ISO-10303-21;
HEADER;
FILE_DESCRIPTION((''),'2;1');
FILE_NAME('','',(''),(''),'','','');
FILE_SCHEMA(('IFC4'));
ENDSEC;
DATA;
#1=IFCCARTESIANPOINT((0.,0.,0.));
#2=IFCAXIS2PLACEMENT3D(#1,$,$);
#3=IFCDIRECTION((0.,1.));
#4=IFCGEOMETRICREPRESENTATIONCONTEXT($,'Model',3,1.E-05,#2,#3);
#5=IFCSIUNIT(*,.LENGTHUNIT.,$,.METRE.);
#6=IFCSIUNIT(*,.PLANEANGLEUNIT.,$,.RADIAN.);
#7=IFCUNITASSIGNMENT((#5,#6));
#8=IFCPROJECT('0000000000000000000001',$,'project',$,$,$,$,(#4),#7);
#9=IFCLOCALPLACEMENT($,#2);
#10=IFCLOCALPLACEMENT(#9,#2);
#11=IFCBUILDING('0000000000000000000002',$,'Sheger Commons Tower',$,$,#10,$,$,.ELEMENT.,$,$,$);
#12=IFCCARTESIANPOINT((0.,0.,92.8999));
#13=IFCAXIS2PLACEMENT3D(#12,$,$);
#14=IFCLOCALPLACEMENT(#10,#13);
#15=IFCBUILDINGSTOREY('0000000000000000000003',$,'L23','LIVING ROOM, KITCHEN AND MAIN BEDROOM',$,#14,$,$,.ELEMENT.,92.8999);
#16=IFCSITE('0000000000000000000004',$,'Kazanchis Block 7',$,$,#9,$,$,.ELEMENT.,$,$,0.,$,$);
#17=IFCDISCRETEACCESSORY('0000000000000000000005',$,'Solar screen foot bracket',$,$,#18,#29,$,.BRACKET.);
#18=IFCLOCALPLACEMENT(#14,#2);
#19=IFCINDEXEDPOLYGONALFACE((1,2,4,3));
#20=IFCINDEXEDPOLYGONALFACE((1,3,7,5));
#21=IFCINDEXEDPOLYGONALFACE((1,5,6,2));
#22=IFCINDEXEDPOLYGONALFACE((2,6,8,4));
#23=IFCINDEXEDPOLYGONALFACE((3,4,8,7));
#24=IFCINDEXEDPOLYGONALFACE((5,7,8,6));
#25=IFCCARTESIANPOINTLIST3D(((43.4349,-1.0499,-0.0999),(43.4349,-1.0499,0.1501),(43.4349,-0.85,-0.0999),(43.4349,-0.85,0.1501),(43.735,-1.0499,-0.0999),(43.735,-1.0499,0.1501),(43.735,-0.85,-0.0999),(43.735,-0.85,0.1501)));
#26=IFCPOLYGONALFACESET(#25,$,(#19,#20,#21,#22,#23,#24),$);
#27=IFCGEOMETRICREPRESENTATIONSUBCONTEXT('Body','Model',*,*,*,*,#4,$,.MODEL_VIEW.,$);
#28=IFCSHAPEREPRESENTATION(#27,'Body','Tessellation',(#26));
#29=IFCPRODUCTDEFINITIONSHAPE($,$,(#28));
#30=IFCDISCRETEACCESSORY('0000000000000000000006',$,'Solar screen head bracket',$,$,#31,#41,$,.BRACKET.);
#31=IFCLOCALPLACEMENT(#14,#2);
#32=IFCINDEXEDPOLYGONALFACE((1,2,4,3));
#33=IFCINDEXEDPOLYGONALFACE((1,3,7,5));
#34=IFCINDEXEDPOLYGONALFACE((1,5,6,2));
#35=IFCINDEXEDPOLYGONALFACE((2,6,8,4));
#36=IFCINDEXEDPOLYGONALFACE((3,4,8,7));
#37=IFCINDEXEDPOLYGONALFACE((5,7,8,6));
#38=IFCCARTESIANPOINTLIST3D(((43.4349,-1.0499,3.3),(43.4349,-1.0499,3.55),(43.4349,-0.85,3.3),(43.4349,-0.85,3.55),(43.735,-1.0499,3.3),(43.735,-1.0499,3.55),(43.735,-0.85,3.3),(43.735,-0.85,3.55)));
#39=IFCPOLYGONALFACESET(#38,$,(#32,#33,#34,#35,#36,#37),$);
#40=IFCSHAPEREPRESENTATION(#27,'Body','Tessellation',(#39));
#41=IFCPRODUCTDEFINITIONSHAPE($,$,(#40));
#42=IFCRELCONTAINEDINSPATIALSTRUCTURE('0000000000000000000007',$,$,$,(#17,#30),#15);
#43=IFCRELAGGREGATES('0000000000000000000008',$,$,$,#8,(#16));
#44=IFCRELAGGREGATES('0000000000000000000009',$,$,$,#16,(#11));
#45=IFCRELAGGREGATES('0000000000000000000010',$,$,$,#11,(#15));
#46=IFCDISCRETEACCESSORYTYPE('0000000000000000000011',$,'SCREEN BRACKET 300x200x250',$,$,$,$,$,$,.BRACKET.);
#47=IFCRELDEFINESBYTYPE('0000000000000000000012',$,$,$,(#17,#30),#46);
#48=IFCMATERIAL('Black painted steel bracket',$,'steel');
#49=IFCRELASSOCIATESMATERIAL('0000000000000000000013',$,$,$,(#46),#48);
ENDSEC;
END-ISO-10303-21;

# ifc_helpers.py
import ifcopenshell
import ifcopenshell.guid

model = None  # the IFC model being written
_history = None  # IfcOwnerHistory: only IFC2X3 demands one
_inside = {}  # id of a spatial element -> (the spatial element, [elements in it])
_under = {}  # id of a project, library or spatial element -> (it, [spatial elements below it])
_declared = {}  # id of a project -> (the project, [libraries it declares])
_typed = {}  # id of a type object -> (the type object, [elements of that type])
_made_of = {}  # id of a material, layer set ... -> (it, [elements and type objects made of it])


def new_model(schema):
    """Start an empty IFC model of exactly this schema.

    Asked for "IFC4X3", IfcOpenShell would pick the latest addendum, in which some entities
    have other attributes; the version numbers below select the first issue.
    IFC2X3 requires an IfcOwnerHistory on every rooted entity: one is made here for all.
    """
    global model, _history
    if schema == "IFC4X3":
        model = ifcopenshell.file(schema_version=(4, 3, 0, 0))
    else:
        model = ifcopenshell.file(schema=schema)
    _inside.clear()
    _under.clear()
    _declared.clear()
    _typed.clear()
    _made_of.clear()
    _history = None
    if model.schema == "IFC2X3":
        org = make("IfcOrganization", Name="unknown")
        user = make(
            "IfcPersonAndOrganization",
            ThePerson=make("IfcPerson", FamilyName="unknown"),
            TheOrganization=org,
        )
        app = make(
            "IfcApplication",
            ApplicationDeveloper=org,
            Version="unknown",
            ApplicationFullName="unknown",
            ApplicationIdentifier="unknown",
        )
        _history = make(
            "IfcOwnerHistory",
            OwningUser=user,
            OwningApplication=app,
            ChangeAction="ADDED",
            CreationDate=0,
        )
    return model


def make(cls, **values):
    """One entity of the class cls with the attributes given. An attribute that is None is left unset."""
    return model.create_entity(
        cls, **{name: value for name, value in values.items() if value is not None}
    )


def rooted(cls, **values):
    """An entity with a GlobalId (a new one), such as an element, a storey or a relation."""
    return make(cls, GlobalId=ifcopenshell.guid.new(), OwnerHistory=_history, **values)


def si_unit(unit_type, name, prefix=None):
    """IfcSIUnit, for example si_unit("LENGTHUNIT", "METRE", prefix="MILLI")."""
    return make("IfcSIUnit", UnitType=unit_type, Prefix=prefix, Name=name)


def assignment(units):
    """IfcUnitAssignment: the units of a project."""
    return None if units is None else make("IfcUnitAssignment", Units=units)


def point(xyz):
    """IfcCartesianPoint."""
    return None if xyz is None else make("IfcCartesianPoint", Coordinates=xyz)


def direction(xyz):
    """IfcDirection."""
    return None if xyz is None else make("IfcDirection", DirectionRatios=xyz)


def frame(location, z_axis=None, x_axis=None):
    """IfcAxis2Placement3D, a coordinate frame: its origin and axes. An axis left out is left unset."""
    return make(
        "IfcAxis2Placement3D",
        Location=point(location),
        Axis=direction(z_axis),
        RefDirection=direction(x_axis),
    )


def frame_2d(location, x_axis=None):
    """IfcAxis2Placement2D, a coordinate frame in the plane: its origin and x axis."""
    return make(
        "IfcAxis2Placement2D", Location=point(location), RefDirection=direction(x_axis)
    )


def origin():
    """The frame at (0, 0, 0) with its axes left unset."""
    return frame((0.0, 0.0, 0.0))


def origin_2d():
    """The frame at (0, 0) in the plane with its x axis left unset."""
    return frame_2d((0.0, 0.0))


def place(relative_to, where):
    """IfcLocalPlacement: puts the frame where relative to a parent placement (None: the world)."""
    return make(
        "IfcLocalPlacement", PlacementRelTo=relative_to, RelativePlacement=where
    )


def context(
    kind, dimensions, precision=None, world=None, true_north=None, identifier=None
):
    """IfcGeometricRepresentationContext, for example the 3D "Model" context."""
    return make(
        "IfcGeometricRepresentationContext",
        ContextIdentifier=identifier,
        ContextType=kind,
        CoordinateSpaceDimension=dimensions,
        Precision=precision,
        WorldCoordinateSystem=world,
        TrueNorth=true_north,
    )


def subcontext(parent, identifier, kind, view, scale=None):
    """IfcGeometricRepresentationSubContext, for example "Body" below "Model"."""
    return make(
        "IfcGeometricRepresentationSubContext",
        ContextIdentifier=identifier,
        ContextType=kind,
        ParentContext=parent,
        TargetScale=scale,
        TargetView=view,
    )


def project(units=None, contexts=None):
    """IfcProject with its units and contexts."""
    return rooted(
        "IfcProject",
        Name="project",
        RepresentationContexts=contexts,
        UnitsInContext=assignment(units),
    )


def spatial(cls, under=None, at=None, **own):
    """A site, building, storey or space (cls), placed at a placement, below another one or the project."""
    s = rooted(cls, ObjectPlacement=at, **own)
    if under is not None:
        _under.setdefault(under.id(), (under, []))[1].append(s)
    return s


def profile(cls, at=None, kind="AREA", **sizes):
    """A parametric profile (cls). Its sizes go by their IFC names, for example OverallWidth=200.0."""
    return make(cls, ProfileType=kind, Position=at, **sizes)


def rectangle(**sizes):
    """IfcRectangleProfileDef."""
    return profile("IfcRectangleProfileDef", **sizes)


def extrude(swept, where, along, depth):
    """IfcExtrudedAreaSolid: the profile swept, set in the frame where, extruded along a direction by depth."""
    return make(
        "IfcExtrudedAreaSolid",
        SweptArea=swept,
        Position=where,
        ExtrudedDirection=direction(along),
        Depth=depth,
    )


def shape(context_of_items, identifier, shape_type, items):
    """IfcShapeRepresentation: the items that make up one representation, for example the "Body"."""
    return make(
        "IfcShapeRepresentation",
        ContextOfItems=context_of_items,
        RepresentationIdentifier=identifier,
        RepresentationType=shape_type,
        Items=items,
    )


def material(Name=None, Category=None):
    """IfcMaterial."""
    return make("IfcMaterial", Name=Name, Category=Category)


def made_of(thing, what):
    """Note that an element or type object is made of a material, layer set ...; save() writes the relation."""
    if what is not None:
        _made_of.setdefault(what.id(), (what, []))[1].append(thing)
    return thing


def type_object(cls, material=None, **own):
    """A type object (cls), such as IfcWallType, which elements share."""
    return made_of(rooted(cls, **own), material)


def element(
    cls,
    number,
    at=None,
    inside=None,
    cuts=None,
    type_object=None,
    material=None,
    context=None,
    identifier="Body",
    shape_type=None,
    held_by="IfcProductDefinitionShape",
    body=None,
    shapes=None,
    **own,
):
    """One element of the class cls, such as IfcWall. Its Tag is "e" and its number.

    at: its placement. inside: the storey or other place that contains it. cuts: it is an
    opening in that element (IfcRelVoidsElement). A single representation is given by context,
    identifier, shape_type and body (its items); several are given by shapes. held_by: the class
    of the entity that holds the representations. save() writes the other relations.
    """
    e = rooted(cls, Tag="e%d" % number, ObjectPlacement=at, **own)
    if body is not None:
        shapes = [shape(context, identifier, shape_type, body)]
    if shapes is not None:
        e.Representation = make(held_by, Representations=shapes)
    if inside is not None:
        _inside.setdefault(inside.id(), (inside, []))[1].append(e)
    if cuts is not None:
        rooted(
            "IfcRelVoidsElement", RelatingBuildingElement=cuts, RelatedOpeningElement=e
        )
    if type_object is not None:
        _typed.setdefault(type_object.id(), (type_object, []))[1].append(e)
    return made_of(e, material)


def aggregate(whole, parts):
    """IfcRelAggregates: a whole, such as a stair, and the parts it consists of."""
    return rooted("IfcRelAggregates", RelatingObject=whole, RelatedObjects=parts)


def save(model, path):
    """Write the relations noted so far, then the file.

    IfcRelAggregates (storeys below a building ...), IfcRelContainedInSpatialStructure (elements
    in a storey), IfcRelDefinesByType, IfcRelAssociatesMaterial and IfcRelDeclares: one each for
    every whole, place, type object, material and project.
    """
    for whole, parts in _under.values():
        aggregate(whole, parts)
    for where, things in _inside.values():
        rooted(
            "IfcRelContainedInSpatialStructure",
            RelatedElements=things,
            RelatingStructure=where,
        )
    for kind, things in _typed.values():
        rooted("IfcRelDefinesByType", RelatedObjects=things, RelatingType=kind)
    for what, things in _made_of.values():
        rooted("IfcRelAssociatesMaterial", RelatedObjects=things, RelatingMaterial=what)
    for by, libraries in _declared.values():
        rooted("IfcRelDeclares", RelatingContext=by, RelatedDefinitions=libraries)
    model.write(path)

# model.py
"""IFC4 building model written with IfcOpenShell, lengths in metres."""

from ifc_helpers import new_model, si_unit, direction, frame, origin, origin_2d, place, context, subcontext, project, spatial, rectangle, extrude, material, type_object, element, save


model = new_model("IFC4")

# Units and contexts
model_context = context("Model", 3, precision=1e-05, world=origin(), true_north=direction((0.0, 1.0)))
body_context = subcontext(model_context, "Body", "Model", "MODEL_VIEW")
ifc_project = project(units=[si_unit("LENGTHUNIT", "METRE"), si_unit("PLANEANGLEUNIT", "RADIAN")], contexts=[model_context])

# Site, building, storey
site_placement = place(None, origin())
site = spatial("IfcSite", under=ifc_project, at=site_placement, Name="Kazanchis Block 7", CompositionType="ELEMENT", RefElevation=0.0)
building_placement = place(site_placement, origin())
building = spatial("IfcBuilding", under=site, at=building_placement, Name="Sheger Commons Tower", CompositionType="ELEMENT")
storey_placement = place(building_placement, frame((0.0, 0.0, 92.8999)))
storey = spatial("IfcBuildingStorey", under=building, at=storey_placement, Name="L23", Description="LIVING ROOM, KITCHEN AND MAIN BEDROOM", CompositionType="ELEMENT", Elevation=92.8999)

# Discrete accessories
ifc_material_1 = material(Name="Black painted steel bracket", Category="steel")
discrete_accessory_type = type_object("IfcDiscreteAccessoryType", Name="SCREEN BRACKET 300x200x250", PredefinedType="BRACKET", material=ifc_material_1)
for number, where, z_axis, x_axis, name in (
    (1, (43.585, -0.95, -0.0999), (0.0, 0.0, 1.0), (1.0, 0.0, 0.0), "Solar screen foot bracket"),
    (2, (43.585, -0.95, 3.3), (0.0, 0.0, 1.0), (1.0, 0.0, 0.0), "Solar screen head bracket"),
):
    element("IfcDiscreteAccessory", number, at=place(storey_placement, frame(where, z_axis=z_axis, x_axis=x_axis)), inside=storey, type_object=discrete_accessory_type, Name=name, PredefinedType="BRACKET", context=body_context, shape_type="SweptSolid", body=[
        extrude(rectangle(XDim=0.3, YDim=0.2, at=origin_2d()), origin(), (0.0, 0.0, 1.0), 0.25),
    ])

save(model, "model.ifc")
